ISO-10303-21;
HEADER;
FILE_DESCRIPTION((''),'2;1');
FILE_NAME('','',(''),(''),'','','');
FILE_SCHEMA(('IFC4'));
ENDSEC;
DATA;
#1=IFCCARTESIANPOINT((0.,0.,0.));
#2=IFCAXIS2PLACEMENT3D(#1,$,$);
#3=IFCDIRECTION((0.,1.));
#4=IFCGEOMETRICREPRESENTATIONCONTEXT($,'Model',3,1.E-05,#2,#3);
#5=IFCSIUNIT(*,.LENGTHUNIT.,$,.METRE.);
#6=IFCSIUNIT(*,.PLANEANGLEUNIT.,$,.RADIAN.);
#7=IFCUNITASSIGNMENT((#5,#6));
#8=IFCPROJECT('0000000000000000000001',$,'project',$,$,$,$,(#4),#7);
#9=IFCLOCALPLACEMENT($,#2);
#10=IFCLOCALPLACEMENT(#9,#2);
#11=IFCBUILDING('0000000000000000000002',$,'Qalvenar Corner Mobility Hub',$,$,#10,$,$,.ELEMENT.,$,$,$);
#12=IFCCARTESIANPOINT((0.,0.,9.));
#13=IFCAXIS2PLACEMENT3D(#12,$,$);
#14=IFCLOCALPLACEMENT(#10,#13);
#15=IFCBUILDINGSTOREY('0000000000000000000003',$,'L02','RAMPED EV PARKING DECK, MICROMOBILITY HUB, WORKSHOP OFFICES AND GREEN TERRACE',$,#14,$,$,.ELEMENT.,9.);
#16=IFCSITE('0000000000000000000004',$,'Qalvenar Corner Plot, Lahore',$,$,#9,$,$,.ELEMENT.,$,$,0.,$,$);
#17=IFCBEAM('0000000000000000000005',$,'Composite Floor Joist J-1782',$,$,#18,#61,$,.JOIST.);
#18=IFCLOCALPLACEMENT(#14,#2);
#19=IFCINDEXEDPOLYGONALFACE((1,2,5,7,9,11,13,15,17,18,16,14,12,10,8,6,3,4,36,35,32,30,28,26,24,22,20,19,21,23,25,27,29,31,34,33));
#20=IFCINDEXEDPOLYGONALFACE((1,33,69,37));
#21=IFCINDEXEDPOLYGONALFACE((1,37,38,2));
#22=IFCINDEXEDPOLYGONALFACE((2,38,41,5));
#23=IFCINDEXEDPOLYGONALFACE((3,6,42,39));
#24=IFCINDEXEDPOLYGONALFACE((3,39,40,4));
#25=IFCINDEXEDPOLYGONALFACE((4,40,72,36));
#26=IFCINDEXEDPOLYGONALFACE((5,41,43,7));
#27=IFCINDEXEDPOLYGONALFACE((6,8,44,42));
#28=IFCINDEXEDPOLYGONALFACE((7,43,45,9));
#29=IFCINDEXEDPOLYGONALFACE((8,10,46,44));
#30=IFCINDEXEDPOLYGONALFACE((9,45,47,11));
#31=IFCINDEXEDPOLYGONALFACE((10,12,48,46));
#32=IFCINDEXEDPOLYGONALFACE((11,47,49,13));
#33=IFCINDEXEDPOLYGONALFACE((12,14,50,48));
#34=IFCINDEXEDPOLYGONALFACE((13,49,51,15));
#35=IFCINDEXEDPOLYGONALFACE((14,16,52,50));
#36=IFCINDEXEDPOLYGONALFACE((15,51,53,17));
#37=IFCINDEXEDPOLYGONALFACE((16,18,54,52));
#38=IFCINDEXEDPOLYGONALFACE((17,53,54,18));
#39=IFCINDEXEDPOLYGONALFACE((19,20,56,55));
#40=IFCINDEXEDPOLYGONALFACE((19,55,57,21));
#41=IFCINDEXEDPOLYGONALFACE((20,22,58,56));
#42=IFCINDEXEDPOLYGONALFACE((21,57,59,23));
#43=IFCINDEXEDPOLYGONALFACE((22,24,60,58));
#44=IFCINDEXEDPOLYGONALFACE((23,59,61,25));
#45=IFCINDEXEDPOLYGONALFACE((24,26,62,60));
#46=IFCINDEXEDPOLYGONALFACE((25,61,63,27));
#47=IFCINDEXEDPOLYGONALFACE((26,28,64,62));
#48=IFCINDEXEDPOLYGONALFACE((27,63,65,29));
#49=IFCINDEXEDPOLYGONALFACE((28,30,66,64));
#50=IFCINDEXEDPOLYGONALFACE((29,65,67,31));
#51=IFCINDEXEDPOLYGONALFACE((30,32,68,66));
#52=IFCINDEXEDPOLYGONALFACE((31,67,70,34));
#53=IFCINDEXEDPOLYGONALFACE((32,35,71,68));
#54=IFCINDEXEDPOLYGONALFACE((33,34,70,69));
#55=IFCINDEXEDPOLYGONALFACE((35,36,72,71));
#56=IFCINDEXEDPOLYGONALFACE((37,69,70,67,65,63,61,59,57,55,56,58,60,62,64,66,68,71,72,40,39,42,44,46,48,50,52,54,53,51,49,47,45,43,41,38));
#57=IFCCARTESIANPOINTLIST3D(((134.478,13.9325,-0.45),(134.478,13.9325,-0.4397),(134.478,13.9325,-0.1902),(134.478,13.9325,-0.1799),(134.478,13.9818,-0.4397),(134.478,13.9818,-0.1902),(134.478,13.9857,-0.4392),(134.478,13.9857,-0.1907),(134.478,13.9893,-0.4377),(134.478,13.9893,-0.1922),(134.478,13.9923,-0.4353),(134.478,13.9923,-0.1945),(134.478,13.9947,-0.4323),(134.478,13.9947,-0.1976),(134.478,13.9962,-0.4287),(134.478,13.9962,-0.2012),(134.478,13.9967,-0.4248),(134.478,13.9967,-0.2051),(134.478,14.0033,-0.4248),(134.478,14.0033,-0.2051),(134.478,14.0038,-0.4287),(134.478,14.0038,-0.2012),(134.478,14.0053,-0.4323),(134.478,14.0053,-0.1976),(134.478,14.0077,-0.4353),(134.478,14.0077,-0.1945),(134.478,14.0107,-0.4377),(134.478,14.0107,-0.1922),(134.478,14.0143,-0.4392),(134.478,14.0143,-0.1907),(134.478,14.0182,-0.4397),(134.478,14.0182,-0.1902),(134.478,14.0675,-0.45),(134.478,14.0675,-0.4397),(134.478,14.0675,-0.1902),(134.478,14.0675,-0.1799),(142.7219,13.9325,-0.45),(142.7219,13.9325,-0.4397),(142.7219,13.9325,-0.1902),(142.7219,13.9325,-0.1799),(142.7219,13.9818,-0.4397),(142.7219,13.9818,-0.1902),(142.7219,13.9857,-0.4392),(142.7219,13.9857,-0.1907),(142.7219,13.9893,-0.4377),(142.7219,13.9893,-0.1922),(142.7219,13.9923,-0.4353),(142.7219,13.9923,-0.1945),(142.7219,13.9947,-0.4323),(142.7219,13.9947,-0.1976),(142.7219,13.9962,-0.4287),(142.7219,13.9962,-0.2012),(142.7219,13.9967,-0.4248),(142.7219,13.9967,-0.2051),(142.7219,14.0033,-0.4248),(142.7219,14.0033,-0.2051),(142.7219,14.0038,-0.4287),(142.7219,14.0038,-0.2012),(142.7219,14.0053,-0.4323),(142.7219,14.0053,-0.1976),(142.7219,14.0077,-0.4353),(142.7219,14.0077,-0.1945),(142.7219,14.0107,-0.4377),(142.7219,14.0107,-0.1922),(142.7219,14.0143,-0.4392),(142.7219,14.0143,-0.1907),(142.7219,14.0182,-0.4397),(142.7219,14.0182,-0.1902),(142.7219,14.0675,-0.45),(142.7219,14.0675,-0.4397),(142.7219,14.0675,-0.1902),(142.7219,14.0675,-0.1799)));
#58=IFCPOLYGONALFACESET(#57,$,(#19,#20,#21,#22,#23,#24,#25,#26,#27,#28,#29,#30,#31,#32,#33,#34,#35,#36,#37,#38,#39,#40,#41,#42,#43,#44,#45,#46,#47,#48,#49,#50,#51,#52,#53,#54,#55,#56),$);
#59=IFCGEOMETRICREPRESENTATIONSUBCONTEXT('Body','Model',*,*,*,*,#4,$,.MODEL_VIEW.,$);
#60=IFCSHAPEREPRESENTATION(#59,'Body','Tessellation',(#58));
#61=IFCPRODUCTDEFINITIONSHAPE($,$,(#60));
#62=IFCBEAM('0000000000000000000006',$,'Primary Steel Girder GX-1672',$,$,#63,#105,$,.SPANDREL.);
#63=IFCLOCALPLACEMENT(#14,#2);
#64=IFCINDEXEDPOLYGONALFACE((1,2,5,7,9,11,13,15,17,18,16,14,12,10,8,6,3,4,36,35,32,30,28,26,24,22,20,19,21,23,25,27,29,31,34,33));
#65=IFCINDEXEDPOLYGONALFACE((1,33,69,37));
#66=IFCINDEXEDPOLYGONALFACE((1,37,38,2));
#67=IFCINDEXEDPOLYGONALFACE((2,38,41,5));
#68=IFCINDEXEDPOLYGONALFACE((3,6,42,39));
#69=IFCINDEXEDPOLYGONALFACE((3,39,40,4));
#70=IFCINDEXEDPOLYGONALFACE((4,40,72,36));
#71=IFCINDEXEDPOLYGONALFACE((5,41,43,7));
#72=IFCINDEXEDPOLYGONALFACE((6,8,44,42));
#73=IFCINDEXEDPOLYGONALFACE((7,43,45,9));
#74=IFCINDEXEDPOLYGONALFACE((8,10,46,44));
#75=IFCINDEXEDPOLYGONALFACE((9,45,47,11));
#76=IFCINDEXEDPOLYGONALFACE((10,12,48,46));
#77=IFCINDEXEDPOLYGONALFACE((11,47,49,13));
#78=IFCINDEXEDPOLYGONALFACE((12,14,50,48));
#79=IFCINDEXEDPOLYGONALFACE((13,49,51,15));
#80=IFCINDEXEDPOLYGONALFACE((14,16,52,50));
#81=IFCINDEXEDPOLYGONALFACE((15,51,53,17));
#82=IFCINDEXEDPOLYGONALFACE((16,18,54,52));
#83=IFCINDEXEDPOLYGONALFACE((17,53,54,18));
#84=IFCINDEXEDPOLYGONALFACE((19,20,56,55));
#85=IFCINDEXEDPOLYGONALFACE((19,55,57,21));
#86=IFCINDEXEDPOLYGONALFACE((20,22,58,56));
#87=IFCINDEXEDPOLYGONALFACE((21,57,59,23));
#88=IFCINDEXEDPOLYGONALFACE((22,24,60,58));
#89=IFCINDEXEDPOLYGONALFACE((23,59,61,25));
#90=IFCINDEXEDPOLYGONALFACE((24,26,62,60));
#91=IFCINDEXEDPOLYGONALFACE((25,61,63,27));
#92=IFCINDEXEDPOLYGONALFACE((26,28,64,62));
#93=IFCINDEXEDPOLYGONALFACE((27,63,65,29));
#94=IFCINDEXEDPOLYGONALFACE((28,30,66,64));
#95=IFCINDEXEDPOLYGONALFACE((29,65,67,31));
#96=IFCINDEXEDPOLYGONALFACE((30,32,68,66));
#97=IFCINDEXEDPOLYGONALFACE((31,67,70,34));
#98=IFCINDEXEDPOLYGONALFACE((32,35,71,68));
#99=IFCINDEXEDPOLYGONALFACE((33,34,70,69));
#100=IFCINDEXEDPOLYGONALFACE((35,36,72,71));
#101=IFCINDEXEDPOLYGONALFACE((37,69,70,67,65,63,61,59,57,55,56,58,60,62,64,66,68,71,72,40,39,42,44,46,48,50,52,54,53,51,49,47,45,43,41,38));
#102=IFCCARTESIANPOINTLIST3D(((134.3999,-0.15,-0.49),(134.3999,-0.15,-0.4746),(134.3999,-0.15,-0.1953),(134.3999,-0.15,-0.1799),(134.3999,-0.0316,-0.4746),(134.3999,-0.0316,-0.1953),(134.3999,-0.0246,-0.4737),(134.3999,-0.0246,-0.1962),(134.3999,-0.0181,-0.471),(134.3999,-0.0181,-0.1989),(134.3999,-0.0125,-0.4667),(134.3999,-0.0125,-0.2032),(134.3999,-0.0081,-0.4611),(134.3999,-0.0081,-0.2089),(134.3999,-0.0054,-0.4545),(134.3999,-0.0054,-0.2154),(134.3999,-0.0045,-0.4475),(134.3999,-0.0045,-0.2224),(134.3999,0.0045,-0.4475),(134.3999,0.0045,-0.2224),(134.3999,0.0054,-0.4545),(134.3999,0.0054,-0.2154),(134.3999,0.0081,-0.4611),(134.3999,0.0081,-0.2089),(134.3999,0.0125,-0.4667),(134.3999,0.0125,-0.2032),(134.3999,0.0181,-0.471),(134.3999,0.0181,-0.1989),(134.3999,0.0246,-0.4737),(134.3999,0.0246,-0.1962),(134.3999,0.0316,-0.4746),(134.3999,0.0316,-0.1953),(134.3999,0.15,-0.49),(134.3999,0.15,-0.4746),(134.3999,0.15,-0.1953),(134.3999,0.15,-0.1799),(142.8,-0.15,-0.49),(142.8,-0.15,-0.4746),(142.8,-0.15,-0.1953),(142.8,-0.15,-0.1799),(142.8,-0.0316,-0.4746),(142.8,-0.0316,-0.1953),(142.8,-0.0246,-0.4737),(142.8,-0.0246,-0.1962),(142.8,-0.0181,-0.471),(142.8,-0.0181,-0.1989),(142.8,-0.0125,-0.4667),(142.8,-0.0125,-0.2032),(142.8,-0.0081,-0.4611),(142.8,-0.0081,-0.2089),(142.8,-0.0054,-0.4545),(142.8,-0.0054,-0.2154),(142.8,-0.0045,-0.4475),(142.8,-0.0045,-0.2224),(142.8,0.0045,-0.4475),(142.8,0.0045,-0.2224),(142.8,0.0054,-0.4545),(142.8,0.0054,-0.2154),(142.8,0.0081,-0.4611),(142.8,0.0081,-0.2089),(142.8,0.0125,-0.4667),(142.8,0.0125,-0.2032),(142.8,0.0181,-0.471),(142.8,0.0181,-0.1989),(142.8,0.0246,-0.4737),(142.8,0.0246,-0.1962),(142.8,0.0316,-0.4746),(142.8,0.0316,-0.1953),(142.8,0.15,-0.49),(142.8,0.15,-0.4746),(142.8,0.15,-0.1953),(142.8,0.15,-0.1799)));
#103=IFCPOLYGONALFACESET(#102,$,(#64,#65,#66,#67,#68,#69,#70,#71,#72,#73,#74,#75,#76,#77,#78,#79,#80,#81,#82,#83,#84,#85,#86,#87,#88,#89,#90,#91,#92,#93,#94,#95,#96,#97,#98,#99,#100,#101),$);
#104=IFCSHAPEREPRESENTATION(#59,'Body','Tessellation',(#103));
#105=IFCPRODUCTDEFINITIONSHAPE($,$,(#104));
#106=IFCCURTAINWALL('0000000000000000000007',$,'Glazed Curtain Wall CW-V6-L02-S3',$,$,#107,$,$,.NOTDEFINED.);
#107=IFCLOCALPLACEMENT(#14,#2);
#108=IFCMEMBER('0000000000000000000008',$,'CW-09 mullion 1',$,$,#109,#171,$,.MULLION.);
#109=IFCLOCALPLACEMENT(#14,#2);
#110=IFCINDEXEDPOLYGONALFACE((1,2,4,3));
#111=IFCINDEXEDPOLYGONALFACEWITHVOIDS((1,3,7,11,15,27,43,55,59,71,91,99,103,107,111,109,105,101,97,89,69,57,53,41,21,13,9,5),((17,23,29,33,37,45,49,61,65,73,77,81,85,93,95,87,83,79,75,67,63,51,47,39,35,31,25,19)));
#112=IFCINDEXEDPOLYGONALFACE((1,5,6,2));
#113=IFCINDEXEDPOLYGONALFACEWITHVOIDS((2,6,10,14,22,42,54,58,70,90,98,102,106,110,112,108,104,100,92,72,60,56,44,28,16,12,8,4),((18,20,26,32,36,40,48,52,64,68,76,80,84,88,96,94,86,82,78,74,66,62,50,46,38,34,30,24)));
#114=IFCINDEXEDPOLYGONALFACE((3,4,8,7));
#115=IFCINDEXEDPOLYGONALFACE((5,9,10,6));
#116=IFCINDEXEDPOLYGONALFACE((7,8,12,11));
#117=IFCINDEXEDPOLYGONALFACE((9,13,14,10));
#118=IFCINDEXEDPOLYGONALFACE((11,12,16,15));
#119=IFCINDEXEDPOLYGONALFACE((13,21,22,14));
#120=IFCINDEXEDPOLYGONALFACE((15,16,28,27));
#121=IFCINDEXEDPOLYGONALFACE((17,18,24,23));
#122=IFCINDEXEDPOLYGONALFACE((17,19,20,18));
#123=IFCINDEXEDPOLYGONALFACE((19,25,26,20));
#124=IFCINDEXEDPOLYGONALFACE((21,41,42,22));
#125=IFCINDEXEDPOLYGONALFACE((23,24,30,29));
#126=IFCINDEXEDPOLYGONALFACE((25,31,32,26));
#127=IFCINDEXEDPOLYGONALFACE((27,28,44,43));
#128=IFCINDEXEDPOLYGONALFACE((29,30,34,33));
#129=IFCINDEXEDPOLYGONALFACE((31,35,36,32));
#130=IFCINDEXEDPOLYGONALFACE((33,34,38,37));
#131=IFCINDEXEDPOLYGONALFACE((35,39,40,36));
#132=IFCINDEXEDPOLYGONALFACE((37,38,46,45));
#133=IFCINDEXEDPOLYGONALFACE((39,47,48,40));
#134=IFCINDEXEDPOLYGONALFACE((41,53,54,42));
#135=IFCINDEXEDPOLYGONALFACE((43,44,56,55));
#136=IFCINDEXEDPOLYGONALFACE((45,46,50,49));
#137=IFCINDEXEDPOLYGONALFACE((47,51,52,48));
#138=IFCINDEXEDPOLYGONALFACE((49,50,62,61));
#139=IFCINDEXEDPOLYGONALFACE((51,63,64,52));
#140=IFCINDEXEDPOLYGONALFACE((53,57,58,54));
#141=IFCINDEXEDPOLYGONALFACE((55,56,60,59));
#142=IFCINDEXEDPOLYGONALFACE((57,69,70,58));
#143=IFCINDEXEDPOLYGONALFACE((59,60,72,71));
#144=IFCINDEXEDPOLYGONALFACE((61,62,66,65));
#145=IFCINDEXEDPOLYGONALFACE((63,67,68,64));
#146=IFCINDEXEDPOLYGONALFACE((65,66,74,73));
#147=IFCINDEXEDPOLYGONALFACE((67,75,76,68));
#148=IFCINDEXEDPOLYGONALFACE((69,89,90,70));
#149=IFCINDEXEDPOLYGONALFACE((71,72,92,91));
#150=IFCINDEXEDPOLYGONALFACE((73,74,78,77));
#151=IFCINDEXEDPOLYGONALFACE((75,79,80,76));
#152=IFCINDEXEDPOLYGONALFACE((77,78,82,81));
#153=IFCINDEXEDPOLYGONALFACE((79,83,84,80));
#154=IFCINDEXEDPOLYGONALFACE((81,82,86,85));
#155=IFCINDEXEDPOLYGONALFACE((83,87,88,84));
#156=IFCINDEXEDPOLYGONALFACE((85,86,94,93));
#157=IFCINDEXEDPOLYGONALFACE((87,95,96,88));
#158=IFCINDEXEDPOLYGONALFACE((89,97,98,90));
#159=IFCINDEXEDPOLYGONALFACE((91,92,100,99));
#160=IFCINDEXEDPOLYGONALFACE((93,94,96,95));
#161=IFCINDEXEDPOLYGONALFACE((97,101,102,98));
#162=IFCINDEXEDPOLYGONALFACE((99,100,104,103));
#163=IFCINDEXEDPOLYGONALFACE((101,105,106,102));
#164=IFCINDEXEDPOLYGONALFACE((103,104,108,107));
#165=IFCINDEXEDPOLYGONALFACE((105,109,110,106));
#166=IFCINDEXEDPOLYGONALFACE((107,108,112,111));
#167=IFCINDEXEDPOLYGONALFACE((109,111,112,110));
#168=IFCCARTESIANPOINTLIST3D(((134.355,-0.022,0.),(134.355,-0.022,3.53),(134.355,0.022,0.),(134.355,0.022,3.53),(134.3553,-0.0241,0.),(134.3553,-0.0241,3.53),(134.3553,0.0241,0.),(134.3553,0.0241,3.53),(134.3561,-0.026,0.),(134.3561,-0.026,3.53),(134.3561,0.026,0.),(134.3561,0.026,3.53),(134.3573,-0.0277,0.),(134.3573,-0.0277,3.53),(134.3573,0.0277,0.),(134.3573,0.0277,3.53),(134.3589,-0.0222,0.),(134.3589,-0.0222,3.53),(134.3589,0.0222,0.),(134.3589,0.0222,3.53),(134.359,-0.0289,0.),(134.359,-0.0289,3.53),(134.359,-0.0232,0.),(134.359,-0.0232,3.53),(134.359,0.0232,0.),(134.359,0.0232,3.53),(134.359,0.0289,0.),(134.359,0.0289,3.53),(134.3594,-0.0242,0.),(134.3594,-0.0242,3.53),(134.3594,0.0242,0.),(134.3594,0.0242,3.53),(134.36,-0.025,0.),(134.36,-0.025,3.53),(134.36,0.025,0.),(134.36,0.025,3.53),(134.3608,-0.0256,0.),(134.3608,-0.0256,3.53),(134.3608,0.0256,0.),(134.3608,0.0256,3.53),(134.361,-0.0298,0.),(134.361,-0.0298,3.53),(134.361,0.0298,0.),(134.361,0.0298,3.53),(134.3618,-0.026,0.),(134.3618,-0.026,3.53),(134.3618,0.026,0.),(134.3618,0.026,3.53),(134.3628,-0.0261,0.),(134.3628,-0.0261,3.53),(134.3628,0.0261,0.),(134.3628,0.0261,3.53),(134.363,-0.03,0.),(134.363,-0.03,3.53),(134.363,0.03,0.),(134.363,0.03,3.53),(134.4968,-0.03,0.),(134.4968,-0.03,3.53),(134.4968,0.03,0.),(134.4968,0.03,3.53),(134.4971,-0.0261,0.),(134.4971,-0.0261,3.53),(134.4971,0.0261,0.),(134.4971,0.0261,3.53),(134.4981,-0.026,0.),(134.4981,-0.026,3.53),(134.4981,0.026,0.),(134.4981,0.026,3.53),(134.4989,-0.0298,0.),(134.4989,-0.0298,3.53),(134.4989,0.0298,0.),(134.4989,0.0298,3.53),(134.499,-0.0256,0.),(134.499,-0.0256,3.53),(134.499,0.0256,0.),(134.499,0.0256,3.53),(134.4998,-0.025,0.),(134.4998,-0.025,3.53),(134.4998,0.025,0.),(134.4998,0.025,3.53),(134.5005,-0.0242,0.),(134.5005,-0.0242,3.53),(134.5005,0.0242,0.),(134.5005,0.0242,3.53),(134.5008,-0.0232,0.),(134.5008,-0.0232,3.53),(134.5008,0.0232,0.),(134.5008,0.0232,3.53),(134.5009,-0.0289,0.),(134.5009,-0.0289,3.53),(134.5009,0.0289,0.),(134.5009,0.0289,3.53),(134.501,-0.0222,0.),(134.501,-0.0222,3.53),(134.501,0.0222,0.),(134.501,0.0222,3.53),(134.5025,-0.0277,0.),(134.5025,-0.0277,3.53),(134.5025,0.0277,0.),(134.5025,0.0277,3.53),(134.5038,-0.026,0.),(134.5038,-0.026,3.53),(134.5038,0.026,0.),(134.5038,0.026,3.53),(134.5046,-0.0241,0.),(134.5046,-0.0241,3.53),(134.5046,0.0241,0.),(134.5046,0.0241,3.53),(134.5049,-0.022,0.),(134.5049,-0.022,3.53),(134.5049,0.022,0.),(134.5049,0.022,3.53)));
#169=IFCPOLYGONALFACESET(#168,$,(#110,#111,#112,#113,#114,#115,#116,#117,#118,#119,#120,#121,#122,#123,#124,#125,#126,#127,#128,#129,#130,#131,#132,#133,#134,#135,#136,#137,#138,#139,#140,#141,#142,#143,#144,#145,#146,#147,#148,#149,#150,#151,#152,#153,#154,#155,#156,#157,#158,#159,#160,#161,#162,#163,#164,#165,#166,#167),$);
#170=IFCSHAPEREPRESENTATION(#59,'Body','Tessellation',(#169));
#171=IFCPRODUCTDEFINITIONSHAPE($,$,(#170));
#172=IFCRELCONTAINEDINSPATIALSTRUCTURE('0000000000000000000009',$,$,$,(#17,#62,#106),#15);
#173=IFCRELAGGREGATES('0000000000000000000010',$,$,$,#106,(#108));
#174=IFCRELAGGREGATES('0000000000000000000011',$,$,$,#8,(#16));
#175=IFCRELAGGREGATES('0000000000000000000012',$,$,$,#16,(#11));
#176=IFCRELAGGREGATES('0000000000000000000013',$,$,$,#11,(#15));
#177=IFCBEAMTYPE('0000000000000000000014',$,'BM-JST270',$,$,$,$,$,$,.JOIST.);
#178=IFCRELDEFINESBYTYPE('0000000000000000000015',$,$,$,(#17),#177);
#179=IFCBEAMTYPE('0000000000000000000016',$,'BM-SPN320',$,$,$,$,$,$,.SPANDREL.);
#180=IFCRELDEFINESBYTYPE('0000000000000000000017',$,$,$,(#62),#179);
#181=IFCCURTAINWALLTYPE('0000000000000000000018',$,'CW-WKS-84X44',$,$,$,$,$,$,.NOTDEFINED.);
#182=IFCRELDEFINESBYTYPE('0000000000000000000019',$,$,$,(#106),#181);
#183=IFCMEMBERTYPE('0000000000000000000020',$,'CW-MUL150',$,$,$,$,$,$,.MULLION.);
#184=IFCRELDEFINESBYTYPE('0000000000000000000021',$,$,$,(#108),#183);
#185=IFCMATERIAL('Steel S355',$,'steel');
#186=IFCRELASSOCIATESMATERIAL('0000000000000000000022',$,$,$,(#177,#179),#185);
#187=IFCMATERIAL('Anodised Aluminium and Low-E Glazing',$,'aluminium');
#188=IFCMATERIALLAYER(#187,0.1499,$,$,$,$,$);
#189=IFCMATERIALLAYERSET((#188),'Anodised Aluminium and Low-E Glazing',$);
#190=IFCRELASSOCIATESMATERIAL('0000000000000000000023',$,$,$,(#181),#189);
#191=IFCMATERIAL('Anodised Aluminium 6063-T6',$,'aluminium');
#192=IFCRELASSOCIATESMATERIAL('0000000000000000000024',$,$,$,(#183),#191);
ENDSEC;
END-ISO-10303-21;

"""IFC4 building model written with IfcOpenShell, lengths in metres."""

from ifc_helpers import new_model, si_unit, direction, frame, origin, origin_2d, place, context, subcontext, project, spatial, hollow_rectangle, i_section, extrude, material, layer, layer_set, material_profile, profile_set, type_object, element, aggregate, save


model = new_model("IFC4")

# Units and contexts
model_context = context("Model", 3, precision=1e-05, world=origin(), true_north=direction((0.0, 1.0)))
body_context = subcontext(model_context, "Body", "Model", "MODEL_VIEW")
ifc_project = project(units=[si_unit("LENGTHUNIT", "METRE"), si_unit("PLANEANGLEUNIT", "RADIAN")], contexts=[model_context])

# Site, building, storey
site_placement = place(None, origin())
site = spatial("IfcSite", under=ifc_project, at=site_placement, Name="Qalvenar Corner Plot, Lahore", CompositionType="ELEMENT", RefElevation=0.0)
building_placement = place(site_placement, origin())
building = spatial("IfcBuilding", under=site, at=building_placement, Name="Qalvenar Corner Mobility Hub", CompositionType="ELEMENT")
storey_placement = place(building_placement, frame((0.0, 0.0, 9.0)))
storey = spatial("IfcBuildingStorey", under=building, at=storey_placement, Name="L02", Description="RAMPED EV PARKING DECK, MICROMOBILITY HUB, WORKSHOP OFFICES AND GREEN TERRACE", CompositionType="ELEMENT", Elevation=9.0)

# Shared definitions
ifc_material_1 = material(Name="Steel S355", Category="steel")

# Beams
ifc_material_profile_1 = material_profile(ifc_material_1, i_section(OverallWidth=0.135, OverallDepth=0.27, WebThickness=0.0066, FlangeThickness=0.0103, FilletRadius=0.0149, at=origin_2d()), Name="IPE270")
ifc_profile_set_1 = profile_set([ifc_material_profile_1], Name="Steel S355")
beam_type_1 = type_object("IfcBeamType", Name="BM-JST270", PredefinedType="JOIST", material=ifc_profile_set_1)
for number, where, z_axis, x_axis, name in (
    (1, (134.478, 14.0, -0.3149), (1.0, 0.0, 0.0), (0.0, 1.0, 0.0), "Composite Floor Joist J-1782"),
):
    element("IfcBeam", number, at=place(storey_placement, frame(where, z_axis=z_axis, x_axis=x_axis)), inside=storey, type_object=beam_type_1, Name=name, PredefinedType="JOIST", context=body_context, shape_type="SweptSolid", body=[
        extrude(i_section(OverallWidth=0.135, OverallDepth=0.27, WebThickness=0.0066, FlangeThickness=0.0103, FilletRadius=0.0149, at=origin_2d()), origin(), (0.0, 0.0, 1.0), 8.2439),
    ])
ifc_material_profile_2 = material_profile(ifc_material_1, i_section(OverallWidth=0.3, OverallDepth=0.3101, WebThickness=0.009, FlangeThickness=0.0154, FilletRadius=0.0271, at=origin_2d()), Name="HEA320")
ifc_profile_set_2 = profile_set([ifc_material_profile_2], Name="Steel S355")
beam_type_2 = type_object("IfcBeamType", Name="BM-SPN320", PredefinedType="SPANDREL", material=ifc_profile_set_2)
beam_1_placement = place(storey_placement, frame((134.3999, 0.0, -0.335), z_axis=(1.0, 0.0, 0.0), x_axis=(0.0, 1.0, 0.0)))
element("IfcBeam", 2, at=beam_1_placement, inside=storey, type_object=beam_type_2, Name="Primary Steel Girder GX-1672", PredefinedType="SPANDREL", context=body_context, shape_type="SweptSolid", body=[
    extrude(i_section(OverallWidth=0.3, OverallDepth=0.3101, WebThickness=0.009, FlangeThickness=0.0154, FilletRadius=0.0271, at=origin_2d()), origin(), (0.0, 0.0, 1.0), 8.4001),
])

# Curtain wall, member
ifc_material_2 = material(Name="Anodised Aluminium and Low-E Glazing", Category="aluminium")
ifc_layer_1 = layer(ifc_material_2, 0.1499)
ifc_layer_set_1 = layer_set([ifc_layer_1], Name="Anodised Aluminium and Low-E Glazing")
curtain_wall_type = type_object("IfcCurtainWallType", Name="CW-WKS-84X44", PredefinedType="NOTDEFINED", material=ifc_layer_set_1)
curtain_wall_placement = place(storey_placement, origin())
curtain_wall = element("IfcCurtainWall", 3, at=curtain_wall_placement, inside=storey, type_object=curtain_wall_type, Name="Glazed Curtain Wall CW-V6-L02-S3", PredefinedType="NOTDEFINED")
ifc_material_3 = material(Name="Anodised Aluminium 6063-T6", Category="aluminium")
ifc_material_profile_3 = material_profile(ifc_material_3, hollow_rectangle(XDim=0.0601, YDim=0.1499, WallThickness=0.0039, InnerFilletRadius=0.0039, OuterFilletRadius=0.0081, at=origin_2d()), Name="RHS150x60x4")
ifc_profile_set_3 = profile_set([ifc_material_profile_3], Name="Anodised Aluminium 6063-T6")
member_type_1 = type_object("IfcMemberType", Name="CW-MUL150", PredefinedType="MULLION", material=ifc_profile_set_3)
member_1_placement = place(storey_placement, frame((134.4299, 0.0, 0.0), z_axis=(0.0, 0.0, 1.0), x_axis=(0.0, 1.0, 0.0)))
member_1 = element("IfcMember", 4, at=member_1_placement, type_object=member_type_1, Name="CW-09 mullion 1", PredefinedType="MULLION", context=body_context, shape_type="SweptSolid", body=[
    extrude(hollow_rectangle(XDim=0.0601, YDim=0.1499, WallThickness=0.0039, InnerFilletRadius=0.0039, OuterFilletRadius=0.0081, at=origin_2d()), origin(), (0.0, 0.0, 1.0), 3.53),
])
aggregate(curtain_wall, [member_1])

save(model, "model.ifc")
